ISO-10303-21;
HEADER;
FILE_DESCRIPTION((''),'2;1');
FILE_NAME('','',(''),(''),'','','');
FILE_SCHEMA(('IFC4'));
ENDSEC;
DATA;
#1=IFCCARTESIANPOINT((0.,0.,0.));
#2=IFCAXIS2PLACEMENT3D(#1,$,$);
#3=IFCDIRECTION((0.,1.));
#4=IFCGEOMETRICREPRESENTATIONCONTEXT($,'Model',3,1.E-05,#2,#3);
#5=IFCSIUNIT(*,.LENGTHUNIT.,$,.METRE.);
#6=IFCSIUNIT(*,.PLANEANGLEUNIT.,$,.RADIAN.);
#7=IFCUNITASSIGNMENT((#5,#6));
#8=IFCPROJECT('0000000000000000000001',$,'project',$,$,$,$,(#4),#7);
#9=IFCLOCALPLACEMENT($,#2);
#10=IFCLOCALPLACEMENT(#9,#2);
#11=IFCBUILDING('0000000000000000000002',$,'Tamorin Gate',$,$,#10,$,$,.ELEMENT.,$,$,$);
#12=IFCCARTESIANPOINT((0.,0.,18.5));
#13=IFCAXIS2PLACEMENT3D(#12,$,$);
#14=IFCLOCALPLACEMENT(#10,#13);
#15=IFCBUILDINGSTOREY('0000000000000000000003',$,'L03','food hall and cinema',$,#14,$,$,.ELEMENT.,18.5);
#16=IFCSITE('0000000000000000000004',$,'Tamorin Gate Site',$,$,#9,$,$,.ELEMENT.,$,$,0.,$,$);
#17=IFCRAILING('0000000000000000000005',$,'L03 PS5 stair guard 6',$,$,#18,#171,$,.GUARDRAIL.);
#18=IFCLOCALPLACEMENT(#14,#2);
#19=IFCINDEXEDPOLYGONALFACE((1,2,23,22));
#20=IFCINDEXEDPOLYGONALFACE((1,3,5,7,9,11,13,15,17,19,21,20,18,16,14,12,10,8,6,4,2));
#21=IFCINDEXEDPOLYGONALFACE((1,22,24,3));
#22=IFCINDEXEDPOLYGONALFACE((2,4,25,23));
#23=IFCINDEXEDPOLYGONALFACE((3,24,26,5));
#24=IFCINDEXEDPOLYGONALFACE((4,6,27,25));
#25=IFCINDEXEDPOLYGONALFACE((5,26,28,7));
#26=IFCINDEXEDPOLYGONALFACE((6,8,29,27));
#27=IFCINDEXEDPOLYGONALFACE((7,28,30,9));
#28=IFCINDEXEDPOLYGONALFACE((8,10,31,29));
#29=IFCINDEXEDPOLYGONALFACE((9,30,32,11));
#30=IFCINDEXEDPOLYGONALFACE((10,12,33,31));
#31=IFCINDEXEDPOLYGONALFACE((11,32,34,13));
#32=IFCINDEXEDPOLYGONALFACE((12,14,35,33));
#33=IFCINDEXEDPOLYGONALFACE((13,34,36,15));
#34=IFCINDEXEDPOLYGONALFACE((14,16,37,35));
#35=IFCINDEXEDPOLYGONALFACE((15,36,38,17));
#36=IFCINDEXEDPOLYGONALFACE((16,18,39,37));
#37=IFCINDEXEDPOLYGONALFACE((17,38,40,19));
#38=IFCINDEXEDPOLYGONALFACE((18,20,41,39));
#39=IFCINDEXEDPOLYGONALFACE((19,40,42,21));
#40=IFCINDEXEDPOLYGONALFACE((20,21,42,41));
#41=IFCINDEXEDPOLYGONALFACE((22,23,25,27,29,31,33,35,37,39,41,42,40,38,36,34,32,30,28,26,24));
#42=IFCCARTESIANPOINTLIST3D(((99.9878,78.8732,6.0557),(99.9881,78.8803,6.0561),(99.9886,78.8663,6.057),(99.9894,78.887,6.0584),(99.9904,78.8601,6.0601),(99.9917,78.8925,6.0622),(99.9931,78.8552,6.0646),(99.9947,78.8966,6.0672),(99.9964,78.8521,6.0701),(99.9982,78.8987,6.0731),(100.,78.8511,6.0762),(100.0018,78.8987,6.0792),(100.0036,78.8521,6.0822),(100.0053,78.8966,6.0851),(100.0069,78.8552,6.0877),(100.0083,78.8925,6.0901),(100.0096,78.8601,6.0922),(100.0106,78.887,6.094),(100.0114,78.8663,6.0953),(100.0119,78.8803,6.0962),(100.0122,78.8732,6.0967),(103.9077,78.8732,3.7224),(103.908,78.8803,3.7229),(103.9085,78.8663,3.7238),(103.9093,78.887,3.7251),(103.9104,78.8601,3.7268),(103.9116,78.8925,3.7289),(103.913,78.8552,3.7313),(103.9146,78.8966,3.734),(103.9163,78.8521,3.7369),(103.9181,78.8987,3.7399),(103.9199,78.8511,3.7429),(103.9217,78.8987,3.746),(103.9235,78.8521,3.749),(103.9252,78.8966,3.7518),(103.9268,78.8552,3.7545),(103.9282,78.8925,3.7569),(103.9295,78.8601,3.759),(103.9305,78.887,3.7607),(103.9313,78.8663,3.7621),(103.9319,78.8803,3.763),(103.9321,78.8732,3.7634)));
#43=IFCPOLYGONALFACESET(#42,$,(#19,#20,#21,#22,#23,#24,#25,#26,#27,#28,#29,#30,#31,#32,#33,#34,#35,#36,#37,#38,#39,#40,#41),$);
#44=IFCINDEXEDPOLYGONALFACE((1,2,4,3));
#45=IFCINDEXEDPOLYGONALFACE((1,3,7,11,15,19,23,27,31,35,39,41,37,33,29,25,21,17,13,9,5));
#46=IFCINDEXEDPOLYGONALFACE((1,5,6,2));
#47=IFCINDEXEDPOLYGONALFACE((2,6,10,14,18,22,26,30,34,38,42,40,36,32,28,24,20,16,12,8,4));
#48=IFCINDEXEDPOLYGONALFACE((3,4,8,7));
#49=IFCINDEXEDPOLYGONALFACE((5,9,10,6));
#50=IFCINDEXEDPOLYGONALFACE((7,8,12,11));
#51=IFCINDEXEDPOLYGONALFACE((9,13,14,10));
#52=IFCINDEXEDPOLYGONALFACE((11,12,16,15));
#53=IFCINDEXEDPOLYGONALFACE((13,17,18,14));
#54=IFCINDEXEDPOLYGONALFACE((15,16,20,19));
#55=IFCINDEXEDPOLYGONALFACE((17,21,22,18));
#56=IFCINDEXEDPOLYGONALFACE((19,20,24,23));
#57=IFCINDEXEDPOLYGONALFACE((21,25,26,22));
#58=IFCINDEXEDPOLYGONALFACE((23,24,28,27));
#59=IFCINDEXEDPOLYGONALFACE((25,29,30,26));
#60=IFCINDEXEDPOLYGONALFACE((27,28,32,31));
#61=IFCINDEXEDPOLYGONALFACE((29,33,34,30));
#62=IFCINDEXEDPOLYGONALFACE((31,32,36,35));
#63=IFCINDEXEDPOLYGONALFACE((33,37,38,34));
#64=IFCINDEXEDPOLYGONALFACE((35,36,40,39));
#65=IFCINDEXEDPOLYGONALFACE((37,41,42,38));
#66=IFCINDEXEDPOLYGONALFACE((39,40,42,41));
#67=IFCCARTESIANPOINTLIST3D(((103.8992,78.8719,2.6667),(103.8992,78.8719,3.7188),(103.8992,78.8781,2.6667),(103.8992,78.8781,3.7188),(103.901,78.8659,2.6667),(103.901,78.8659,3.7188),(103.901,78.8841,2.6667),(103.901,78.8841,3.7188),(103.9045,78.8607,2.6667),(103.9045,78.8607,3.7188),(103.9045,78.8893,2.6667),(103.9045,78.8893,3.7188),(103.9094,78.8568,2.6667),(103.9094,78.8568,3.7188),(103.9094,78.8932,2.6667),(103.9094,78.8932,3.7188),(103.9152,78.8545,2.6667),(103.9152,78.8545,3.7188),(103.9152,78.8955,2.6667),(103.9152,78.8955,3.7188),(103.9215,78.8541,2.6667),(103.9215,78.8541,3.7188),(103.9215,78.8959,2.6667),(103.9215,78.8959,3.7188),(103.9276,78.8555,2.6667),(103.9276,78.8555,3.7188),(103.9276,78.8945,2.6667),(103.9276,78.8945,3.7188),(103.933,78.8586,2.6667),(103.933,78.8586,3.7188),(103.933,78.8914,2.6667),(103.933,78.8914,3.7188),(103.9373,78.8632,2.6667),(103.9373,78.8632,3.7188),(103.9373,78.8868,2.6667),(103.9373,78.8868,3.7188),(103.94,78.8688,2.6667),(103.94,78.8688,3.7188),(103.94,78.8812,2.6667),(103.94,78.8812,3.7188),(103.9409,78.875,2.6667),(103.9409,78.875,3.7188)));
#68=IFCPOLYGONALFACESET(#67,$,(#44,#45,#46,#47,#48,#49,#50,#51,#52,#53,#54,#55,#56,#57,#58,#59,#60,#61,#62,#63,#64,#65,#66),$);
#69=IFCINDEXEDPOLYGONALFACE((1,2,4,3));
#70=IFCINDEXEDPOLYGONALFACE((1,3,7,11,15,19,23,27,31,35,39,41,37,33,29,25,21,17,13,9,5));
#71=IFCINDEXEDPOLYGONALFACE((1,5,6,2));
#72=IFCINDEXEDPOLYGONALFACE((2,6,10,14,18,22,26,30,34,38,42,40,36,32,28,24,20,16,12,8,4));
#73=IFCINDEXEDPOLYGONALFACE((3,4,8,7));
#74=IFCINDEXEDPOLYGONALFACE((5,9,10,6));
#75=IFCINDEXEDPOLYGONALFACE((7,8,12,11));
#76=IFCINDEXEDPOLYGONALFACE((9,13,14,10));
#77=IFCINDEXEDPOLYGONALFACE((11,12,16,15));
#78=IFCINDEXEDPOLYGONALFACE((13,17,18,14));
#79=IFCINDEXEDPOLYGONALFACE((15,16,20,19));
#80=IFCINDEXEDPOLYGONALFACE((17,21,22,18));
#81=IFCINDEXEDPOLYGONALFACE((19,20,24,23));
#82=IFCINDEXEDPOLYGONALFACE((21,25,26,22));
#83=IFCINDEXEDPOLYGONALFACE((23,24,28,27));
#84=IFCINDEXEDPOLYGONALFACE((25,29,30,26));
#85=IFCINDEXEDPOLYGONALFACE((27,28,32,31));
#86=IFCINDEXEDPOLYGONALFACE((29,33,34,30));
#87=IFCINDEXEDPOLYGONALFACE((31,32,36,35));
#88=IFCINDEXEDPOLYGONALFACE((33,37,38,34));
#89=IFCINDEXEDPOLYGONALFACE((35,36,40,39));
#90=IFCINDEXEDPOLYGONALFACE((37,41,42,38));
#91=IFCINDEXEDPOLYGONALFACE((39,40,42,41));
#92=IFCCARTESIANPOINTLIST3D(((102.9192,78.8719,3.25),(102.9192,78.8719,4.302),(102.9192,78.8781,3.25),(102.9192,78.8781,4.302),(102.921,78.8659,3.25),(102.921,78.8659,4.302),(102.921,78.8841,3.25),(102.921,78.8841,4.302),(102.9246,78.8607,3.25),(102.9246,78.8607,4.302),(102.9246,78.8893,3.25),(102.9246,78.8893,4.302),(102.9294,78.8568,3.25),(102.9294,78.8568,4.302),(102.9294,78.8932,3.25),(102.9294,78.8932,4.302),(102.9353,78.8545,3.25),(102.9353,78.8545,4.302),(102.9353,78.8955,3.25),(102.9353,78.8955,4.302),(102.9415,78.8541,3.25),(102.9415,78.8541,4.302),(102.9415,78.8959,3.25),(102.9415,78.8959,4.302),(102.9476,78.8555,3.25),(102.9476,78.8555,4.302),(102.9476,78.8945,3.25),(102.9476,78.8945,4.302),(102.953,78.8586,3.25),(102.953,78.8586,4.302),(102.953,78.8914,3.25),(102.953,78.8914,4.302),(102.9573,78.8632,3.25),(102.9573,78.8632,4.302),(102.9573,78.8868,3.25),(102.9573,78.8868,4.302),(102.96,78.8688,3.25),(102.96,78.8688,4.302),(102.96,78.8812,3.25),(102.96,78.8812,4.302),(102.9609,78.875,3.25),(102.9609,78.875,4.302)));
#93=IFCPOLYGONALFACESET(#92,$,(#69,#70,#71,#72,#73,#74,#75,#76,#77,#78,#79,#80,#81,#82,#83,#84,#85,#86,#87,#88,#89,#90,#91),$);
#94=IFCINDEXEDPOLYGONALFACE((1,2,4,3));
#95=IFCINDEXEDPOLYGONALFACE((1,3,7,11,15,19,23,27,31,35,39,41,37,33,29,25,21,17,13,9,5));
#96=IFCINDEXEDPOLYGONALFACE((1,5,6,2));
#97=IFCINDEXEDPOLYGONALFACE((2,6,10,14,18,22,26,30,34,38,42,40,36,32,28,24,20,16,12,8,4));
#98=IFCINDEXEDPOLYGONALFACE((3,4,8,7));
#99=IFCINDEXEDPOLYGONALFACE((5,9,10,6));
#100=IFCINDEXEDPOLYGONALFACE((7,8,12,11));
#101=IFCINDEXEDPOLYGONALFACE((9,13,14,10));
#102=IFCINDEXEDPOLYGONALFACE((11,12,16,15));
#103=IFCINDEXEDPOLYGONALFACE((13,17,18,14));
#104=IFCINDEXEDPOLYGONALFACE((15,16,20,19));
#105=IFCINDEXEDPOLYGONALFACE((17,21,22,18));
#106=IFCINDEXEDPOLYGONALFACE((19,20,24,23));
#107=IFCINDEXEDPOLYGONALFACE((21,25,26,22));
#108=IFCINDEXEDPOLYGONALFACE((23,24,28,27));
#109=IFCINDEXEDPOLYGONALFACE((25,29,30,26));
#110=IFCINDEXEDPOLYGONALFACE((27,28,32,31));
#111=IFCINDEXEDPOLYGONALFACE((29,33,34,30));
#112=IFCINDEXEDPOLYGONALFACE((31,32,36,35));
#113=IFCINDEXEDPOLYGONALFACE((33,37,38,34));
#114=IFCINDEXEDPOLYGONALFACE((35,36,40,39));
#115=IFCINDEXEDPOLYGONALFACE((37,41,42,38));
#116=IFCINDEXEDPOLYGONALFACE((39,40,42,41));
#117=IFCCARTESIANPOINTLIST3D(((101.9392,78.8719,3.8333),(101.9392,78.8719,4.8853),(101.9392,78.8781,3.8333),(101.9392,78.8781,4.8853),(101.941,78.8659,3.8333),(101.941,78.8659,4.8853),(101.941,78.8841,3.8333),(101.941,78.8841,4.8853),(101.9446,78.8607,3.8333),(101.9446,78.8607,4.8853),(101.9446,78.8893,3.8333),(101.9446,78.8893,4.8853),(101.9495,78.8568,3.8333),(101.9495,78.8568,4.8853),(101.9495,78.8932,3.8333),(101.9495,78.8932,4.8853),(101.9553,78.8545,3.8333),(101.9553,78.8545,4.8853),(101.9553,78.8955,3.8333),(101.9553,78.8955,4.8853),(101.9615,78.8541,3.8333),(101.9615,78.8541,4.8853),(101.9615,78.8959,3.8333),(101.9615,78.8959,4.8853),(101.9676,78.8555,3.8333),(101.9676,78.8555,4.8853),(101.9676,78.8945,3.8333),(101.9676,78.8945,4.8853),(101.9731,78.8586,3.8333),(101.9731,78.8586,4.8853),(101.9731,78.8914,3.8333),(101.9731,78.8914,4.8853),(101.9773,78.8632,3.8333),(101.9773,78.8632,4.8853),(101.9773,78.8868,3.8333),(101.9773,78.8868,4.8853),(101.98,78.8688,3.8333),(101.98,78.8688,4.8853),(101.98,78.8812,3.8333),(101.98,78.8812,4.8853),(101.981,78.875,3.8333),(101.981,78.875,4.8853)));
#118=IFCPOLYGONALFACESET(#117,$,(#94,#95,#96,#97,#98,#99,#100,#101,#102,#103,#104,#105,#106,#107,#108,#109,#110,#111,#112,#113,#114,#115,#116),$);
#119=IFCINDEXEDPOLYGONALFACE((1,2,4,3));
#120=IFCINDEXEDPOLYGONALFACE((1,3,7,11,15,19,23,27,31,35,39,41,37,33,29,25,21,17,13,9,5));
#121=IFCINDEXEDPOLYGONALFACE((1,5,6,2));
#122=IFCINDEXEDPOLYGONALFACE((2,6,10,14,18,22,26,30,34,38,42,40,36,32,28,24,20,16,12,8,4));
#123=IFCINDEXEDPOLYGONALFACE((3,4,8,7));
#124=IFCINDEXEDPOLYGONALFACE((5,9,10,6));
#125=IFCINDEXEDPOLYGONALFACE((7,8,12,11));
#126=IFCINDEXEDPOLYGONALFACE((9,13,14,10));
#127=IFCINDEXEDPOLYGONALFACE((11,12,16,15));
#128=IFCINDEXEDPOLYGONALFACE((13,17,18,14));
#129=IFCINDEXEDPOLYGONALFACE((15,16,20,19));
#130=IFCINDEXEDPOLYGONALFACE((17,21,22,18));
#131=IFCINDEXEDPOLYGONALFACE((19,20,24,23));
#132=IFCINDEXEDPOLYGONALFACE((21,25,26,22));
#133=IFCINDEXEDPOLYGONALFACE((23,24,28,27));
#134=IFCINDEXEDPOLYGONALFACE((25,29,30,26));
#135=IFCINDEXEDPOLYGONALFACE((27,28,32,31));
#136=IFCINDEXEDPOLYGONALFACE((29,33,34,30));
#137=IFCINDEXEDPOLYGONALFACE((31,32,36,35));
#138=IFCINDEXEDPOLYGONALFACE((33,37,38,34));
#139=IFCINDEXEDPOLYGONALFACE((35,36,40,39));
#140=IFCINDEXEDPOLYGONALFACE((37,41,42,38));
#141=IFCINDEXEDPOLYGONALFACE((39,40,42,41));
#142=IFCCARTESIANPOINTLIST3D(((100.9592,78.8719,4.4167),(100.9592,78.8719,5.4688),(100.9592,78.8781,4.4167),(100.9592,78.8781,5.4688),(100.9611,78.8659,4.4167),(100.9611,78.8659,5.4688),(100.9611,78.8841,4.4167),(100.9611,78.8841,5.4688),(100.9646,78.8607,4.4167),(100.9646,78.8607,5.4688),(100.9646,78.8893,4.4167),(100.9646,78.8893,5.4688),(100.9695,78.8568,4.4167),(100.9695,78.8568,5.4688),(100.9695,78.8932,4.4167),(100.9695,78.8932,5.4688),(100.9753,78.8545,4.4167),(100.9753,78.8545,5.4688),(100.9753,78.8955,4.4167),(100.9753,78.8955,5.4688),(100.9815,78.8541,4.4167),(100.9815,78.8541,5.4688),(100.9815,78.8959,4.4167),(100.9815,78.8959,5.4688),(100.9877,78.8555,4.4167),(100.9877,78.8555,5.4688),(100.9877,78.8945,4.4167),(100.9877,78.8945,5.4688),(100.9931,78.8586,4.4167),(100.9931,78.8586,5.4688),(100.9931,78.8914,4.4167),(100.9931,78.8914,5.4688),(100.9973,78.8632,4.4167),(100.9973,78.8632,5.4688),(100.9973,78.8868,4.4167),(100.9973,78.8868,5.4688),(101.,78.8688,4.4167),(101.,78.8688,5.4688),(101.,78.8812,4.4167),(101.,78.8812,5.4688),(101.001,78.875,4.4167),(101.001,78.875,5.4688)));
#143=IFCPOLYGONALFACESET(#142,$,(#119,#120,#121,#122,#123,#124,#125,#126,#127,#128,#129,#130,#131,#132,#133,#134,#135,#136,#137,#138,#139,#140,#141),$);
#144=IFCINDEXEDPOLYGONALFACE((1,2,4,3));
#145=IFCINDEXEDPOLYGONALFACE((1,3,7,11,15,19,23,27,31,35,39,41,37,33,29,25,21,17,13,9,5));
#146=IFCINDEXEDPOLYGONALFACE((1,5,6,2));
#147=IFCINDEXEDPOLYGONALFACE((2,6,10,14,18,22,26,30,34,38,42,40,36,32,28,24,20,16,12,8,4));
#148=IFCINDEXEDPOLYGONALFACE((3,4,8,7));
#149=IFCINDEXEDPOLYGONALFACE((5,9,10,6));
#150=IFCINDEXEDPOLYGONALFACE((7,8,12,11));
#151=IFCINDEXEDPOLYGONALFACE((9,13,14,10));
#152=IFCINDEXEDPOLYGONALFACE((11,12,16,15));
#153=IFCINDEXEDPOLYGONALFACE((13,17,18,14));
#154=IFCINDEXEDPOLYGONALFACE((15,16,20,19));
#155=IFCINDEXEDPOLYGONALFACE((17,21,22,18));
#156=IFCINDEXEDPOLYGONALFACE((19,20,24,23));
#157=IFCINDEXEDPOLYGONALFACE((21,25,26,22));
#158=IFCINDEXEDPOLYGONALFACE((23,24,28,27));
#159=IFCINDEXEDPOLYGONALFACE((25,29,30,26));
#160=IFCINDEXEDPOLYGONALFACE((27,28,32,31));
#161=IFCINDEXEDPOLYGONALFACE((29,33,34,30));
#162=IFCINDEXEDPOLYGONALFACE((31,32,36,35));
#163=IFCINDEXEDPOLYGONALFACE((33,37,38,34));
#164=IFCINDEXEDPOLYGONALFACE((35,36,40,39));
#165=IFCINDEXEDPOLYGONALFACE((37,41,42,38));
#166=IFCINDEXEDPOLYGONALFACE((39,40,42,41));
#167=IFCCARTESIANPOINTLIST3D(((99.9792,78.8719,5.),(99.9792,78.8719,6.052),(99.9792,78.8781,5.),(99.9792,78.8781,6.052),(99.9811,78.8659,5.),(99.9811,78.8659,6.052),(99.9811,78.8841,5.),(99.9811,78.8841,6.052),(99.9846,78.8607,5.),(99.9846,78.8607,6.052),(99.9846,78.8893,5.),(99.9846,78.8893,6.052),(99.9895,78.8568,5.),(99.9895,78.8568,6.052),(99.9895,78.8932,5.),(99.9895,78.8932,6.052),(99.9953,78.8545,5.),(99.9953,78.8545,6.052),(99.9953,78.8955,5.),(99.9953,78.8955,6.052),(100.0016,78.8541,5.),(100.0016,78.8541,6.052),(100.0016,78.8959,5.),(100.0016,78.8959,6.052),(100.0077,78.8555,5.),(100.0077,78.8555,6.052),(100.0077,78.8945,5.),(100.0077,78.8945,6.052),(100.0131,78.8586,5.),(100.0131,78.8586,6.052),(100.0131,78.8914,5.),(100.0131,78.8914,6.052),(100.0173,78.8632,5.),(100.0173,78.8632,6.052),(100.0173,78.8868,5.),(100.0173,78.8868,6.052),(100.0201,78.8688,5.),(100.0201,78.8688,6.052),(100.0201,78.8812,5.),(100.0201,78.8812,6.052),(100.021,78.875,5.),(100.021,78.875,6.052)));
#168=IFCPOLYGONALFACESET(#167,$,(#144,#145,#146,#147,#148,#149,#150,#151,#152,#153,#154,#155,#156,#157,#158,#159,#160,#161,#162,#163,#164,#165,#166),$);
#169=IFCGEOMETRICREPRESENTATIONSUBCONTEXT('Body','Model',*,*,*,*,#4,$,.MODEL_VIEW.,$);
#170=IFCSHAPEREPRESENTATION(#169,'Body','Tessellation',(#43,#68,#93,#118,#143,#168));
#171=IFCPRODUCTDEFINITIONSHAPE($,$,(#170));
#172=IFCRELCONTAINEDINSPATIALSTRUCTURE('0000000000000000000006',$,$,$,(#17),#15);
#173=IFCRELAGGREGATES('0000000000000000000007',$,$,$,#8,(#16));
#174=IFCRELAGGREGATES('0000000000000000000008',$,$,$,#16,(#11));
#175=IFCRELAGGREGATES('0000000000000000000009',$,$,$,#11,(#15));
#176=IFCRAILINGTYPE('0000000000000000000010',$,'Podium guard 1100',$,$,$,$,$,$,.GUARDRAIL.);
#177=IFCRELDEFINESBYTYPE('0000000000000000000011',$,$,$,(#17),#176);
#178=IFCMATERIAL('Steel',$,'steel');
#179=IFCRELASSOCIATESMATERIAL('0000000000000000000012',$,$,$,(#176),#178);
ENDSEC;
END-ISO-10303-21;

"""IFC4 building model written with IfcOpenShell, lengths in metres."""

from ifc_helpers import new_model, si_unit, direction, frame, origin, origin_2d, place, context, subcontext, project, spatial, circle, extrude, material, type_object, element, save


model = new_model("IFC4")

# Units and contexts
model_context = context("Model", 3, precision=1e-05, world=origin(), true_north=direction((0.0, 1.0)))
body_context = subcontext(model_context, "Body", "Model", "MODEL_VIEW")
ifc_project = project(units=[si_unit("LENGTHUNIT", "METRE"), si_unit("PLANEANGLEUNIT", "RADIAN")], contexts=[model_context])

# Site, building, storey
site_placement = place(None, origin())
site = spatial("IfcSite", under=ifc_project, at=site_placement, Name="Tamorin Gate Site", CompositionType="ELEMENT", RefElevation=0.0)
building_placement = place(site_placement, origin())
building = spatial("IfcBuilding", under=site, at=building_placement, Name="Tamorin Gate", CompositionType="ELEMENT")
storey_placement = place(building_placement, frame((0.0, 0.0, 18.5)))
storey = spatial("IfcBuildingStorey", under=building, at=storey_placement, Name="L03", Description="food hall and cinema", CompositionType="ELEMENT", Elevation=18.5)

# Railing
ifc_material_1 = material(Name="Steel", Category="steel")
railing_type_1 = type_object("IfcRailingType", Name="Podium guard 1100", PredefinedType="GUARDRAIL", material=ifc_material_1)
railing_1_placement = place(storey_placement, frame((103.9199, 78.875, 2.6667)))
element("IfcRailing", 1, at=railing_1_placement, inside=storey, type_object=railing_type_1, Name="L03 PS5 stair guard 6", PredefinedType="GUARDRAIL", context=body_context, shape_type="SweptSolid", body=[
    extrude(circle(Radius=0.0239, at=origin_2d()), frame((0.0, 0.0, 1.0762), z_axis=(-0.859296, 0.0, 0.511478), x_axis=(0.0, -1.0, 0.0)), (0.0, 0.0, 1.0), 4.5618),
    extrude(circle(Radius=0.021, at=origin_2d()), origin(), (0.0, 0.0, 1.0), 1.052),
    extrude(circle(Radius=0.021, at=origin_2d()), frame((-0.98, 0.0, 0.5833)), (0.0, 0.0, 1.0), 1.052),
    extrude(circle(Radius=0.021, at=origin_2d()), frame((-1.96, 0.0, 1.1665)), (0.0, 0.0, 1.0), 1.052),
    extrude(circle(Radius=0.021, at=origin_2d()), frame((-2.9399, 0.0, 1.75)), (0.0, 0.0, 1.0), 1.052),
    extrude(circle(Radius=0.021, at=origin_2d()), frame((-3.9199, 0.0, 2.3333)), (0.0, 0.0, 1.0), 1.052),
])

save(model, "model.ifc")
